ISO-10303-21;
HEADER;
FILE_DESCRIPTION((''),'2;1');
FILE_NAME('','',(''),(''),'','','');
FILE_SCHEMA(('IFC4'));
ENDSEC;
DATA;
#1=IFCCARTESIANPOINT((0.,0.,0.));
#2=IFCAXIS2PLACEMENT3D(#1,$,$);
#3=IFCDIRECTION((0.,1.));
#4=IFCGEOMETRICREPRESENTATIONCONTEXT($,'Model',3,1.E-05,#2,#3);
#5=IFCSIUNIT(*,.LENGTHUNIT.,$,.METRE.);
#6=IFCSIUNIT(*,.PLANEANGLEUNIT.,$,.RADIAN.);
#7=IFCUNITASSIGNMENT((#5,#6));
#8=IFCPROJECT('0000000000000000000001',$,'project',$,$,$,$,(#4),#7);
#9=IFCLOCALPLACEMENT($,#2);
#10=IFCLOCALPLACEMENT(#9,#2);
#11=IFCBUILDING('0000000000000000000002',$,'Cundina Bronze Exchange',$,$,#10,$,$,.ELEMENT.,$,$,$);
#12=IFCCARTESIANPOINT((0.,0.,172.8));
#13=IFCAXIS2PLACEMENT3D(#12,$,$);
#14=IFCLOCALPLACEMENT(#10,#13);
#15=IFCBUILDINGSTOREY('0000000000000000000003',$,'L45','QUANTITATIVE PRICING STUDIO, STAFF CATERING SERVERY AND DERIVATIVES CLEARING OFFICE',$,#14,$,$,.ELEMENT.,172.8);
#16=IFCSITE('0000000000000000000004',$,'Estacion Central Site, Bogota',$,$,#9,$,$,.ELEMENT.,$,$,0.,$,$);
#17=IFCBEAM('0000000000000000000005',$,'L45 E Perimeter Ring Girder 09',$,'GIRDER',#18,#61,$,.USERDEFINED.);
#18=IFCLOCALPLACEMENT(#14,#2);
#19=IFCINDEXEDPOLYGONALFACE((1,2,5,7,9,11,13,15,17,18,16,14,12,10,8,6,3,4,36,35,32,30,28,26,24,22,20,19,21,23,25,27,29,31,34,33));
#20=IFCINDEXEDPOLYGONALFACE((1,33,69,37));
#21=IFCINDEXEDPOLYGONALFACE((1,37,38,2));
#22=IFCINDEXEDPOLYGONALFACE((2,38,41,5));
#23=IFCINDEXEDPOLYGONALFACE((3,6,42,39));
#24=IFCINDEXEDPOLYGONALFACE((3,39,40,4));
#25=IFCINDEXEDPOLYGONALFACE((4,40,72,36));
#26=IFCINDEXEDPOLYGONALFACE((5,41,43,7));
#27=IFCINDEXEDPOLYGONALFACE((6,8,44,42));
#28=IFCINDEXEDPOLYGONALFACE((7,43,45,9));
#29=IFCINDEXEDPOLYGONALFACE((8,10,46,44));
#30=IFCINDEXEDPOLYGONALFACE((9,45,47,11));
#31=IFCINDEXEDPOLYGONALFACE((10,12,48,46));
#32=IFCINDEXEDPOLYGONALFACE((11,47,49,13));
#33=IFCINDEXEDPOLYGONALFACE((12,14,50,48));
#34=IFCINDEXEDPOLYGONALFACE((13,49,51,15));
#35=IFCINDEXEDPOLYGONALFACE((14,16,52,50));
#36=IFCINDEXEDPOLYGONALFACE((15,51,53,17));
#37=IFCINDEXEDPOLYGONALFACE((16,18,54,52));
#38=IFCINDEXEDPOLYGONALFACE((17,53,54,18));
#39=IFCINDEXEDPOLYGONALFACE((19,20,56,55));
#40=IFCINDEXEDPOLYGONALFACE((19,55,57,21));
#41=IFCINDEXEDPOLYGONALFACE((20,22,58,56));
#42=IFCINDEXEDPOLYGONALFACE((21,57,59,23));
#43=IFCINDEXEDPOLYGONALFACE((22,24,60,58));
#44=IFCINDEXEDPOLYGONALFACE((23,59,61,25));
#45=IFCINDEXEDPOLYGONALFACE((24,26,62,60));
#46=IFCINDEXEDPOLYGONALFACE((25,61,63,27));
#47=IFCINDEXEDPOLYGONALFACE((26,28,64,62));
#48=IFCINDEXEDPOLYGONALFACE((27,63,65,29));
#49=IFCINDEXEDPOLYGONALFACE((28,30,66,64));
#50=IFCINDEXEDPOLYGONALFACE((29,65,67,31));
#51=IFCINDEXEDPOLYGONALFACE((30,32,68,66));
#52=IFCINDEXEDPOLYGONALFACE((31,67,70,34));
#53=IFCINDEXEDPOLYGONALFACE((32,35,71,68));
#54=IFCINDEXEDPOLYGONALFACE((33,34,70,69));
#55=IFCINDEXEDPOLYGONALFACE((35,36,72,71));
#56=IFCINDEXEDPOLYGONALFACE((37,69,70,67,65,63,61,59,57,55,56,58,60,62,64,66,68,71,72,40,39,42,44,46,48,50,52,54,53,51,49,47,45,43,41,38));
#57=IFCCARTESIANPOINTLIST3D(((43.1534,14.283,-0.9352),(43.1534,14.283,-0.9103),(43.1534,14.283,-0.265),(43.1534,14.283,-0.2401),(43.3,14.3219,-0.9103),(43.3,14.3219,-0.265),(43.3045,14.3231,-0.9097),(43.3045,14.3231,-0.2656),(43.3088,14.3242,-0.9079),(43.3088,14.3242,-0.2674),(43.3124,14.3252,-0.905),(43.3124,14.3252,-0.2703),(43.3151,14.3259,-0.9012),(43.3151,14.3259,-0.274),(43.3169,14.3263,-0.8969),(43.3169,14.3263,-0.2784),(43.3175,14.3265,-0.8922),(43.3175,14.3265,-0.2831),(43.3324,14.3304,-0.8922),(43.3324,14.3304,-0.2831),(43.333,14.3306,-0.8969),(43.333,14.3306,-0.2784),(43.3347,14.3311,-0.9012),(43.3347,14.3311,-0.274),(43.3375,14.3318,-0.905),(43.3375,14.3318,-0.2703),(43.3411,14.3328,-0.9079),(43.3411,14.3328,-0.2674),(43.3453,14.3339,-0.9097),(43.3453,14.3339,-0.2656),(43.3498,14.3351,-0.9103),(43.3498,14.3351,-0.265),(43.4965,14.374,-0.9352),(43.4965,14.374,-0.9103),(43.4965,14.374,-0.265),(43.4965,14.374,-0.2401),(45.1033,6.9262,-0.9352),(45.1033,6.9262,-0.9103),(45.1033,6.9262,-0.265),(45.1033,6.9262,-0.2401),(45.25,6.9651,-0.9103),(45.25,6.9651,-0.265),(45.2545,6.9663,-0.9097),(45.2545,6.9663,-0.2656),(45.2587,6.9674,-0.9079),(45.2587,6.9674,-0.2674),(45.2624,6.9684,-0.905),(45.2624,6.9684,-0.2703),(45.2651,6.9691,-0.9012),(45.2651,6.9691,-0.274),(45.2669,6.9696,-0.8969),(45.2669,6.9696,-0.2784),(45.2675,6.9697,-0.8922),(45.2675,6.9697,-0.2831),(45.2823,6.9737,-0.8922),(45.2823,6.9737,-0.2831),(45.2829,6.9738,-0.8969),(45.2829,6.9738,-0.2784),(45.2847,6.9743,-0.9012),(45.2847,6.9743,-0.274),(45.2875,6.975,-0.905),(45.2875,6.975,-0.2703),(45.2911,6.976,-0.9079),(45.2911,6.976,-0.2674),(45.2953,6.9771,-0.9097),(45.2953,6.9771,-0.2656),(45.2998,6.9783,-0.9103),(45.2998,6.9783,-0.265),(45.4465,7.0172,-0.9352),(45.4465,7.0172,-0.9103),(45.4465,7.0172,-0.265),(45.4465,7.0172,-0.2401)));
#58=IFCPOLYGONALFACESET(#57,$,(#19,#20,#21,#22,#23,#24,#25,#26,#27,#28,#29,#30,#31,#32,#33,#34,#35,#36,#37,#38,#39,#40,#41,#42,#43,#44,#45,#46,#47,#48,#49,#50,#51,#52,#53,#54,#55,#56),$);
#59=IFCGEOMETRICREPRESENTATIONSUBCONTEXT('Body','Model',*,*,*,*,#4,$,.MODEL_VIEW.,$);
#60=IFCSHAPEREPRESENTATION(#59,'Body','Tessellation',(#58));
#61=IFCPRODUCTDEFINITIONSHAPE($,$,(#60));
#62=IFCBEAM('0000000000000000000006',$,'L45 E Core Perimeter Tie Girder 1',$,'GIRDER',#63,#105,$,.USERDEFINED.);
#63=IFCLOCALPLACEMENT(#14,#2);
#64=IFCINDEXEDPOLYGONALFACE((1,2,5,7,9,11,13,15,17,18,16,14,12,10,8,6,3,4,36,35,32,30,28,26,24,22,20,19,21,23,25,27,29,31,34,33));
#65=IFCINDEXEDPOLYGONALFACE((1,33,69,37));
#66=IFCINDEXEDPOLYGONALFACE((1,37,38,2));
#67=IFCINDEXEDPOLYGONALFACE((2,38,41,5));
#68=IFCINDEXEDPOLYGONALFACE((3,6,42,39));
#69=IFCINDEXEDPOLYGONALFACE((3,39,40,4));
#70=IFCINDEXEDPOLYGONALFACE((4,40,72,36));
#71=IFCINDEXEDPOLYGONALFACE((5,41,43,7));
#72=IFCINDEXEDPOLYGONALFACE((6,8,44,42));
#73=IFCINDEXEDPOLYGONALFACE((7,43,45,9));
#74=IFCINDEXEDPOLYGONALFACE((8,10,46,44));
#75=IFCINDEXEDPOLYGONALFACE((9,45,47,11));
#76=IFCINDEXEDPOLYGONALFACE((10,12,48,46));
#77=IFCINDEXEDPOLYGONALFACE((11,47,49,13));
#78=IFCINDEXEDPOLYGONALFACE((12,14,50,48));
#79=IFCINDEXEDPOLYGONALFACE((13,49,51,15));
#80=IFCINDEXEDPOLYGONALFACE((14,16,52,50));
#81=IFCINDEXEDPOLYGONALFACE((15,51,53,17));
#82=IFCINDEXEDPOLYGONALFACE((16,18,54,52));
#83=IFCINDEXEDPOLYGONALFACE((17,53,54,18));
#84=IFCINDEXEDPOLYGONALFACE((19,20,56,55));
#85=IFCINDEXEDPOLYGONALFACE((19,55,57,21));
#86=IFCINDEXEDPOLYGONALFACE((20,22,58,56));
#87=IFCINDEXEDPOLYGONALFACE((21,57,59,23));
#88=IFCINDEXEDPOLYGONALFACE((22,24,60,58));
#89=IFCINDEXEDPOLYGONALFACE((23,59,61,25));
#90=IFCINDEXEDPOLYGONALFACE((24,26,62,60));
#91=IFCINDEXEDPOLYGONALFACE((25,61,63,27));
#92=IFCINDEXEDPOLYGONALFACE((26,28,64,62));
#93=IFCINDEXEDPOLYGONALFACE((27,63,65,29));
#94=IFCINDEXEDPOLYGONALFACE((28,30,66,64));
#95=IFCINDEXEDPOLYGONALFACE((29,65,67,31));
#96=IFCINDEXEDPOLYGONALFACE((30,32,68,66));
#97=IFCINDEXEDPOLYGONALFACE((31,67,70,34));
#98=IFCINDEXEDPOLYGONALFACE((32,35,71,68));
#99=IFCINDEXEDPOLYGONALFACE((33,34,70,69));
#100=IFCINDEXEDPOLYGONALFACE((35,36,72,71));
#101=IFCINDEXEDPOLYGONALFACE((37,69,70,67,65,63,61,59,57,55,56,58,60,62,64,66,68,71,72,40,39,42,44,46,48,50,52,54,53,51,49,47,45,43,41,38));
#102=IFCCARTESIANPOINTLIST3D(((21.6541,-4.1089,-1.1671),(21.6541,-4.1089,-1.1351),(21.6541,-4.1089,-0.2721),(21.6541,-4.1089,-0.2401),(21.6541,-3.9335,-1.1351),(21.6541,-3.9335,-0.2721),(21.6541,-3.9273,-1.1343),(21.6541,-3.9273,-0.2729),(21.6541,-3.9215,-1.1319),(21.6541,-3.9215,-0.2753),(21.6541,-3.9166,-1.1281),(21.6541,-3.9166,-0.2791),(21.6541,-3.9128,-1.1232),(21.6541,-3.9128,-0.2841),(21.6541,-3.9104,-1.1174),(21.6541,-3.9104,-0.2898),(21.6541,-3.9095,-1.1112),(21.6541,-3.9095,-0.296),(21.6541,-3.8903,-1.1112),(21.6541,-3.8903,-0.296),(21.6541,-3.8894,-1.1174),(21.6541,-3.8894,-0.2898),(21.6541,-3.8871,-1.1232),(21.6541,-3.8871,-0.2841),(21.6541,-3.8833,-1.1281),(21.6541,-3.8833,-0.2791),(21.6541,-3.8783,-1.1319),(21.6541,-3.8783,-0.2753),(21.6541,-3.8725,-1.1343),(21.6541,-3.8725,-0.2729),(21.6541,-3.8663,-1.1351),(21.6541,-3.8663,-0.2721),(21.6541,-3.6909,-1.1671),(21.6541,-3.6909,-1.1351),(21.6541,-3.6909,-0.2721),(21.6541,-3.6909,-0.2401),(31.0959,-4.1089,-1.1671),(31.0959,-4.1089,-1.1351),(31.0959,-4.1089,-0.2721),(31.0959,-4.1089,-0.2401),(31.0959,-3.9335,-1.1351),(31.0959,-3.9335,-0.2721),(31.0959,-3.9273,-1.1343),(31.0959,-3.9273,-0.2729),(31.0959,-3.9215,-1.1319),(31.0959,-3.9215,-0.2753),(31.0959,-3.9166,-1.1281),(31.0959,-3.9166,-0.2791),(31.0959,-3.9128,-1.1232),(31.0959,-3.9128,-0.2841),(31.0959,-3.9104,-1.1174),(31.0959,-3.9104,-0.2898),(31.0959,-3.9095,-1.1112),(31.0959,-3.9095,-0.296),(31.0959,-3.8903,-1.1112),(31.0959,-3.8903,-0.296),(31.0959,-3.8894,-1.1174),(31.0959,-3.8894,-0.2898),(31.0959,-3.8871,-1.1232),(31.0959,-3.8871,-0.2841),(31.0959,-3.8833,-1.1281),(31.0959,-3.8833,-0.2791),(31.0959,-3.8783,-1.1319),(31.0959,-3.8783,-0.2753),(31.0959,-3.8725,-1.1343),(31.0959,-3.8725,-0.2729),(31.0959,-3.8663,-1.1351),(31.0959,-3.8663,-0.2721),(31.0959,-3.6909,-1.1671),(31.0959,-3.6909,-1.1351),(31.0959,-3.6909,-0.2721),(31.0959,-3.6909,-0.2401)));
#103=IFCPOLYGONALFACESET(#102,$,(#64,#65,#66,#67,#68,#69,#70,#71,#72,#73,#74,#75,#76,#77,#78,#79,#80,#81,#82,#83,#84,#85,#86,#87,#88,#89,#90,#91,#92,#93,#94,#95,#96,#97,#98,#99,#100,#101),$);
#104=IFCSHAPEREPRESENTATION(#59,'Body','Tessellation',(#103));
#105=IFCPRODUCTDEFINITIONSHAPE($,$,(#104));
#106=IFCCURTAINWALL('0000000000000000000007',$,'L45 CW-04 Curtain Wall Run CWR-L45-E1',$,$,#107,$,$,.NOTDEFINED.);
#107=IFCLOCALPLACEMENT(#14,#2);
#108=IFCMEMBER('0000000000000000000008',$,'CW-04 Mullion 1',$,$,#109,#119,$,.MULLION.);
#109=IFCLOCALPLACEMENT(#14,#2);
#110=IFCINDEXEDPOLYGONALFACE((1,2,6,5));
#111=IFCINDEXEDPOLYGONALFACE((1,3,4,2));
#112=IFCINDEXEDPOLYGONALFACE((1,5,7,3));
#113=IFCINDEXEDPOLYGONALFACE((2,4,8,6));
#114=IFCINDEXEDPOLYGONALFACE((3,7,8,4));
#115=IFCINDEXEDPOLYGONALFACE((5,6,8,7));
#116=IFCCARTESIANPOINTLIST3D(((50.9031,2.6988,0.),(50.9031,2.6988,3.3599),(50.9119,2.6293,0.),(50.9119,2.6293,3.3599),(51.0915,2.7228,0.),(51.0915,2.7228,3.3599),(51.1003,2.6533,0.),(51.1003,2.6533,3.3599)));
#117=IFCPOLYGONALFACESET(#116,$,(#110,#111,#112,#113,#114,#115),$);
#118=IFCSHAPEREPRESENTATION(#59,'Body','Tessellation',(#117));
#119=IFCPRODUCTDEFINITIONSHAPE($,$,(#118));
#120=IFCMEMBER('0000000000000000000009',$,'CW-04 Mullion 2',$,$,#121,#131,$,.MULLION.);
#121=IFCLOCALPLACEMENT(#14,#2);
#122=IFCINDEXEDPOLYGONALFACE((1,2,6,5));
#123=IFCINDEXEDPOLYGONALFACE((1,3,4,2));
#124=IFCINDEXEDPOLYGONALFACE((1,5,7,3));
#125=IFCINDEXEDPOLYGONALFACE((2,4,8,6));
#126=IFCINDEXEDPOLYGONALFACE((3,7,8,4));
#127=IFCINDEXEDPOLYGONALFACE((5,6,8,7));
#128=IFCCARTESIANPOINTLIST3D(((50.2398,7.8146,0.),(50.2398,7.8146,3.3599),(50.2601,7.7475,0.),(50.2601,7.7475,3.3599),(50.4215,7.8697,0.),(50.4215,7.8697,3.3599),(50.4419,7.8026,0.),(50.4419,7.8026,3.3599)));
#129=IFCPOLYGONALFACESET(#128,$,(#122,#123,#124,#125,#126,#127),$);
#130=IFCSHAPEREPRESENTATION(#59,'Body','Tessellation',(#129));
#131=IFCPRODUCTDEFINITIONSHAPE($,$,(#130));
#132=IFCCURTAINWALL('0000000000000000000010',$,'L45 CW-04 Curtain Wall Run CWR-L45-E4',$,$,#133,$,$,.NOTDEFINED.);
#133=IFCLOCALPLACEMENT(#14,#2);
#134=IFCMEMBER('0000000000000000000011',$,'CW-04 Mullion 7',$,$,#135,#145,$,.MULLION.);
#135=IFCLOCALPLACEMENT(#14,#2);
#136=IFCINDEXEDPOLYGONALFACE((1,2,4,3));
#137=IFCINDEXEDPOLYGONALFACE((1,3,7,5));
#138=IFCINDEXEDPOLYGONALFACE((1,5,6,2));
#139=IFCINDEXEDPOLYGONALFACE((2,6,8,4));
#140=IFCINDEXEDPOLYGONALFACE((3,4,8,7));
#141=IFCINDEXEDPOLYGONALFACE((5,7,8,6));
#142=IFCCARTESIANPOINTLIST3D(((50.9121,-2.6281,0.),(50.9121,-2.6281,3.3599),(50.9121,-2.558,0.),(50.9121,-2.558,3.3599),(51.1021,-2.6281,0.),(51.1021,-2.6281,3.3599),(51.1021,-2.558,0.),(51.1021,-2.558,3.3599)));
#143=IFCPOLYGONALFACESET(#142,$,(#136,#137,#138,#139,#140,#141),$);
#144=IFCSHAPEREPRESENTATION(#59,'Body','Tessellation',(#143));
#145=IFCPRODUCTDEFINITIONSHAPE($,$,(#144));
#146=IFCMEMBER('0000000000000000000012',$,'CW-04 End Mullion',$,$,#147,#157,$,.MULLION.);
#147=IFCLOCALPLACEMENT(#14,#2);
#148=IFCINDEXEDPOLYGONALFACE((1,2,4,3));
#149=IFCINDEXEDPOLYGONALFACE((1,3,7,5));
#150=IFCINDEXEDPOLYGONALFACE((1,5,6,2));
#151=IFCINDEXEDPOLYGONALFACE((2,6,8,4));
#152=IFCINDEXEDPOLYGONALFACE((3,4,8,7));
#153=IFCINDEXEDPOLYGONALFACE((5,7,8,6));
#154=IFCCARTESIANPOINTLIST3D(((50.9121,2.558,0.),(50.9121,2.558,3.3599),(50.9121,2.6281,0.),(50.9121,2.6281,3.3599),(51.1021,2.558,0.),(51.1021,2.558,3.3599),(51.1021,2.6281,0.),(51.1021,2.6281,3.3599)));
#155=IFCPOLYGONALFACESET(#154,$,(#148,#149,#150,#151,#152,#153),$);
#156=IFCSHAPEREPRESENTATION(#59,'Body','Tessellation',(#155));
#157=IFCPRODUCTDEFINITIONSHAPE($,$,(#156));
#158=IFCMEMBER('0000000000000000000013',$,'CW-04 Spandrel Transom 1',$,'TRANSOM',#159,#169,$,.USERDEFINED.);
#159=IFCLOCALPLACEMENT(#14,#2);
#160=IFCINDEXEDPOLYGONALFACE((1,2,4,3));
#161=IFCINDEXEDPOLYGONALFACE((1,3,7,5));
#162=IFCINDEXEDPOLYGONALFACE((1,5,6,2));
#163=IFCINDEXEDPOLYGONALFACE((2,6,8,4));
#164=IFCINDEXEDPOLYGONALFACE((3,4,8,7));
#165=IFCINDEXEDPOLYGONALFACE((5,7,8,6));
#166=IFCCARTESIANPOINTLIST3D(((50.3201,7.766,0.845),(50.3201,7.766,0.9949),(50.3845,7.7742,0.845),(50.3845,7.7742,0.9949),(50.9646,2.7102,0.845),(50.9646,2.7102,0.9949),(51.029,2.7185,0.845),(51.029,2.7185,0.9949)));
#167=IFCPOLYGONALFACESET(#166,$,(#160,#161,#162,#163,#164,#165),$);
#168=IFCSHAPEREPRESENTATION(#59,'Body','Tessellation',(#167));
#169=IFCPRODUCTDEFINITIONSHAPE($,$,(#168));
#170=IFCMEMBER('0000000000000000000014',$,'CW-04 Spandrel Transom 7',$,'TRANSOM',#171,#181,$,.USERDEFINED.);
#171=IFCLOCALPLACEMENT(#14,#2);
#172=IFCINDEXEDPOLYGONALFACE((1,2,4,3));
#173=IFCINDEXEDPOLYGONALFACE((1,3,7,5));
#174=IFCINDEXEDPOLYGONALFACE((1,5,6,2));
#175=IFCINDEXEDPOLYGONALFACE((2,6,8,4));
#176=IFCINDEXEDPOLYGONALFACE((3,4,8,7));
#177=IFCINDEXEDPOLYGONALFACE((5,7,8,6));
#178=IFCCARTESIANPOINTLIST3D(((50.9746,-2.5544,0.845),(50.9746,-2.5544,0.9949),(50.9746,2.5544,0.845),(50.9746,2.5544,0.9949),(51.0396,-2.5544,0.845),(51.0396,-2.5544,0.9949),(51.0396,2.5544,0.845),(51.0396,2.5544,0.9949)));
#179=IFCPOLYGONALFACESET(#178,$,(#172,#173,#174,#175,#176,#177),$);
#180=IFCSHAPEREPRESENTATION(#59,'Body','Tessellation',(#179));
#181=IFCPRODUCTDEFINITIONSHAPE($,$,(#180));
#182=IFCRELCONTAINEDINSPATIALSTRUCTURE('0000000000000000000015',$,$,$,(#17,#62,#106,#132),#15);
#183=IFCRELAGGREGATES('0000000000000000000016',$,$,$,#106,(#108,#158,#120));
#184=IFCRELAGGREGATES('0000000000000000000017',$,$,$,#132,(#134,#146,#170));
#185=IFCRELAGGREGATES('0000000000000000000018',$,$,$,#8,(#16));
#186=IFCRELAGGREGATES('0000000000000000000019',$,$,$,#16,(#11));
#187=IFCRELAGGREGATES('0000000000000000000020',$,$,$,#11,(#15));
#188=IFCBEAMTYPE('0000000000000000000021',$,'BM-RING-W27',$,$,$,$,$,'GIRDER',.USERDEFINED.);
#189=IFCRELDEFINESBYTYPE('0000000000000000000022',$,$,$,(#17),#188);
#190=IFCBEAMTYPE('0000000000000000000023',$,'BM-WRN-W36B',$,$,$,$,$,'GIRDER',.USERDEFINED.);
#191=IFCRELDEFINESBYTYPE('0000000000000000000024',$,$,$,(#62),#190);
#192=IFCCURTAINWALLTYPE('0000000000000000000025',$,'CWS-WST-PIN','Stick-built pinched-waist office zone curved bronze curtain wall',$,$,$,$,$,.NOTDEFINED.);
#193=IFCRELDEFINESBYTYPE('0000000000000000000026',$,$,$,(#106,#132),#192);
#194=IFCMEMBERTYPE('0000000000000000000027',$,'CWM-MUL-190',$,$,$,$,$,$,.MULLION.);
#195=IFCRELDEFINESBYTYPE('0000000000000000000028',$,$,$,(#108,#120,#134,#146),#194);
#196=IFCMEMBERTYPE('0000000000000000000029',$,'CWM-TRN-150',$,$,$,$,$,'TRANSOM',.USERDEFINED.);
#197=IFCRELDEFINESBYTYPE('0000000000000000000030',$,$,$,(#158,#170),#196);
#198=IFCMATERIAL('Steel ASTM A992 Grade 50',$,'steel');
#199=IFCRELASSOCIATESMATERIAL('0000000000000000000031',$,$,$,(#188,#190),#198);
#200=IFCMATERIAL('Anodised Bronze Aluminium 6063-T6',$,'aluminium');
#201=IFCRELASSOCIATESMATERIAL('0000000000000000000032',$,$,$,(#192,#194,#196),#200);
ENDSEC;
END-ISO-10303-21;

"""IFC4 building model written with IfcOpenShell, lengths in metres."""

from ifc_helpers import new_model, si_unit, direction, frame, origin, origin_2d, place, context, subcontext, project, spatial, rectangle, i_section, extrude, material, material_profile, profile_set, type_object, element, aggregate, save


model = new_model("IFC4")

# Units and contexts
model_context = context("Model", 3, precision=1e-05, world=origin(), true_north=direction((0.0, 1.0)))
body_context = subcontext(model_context, "Body", "Model", "MODEL_VIEW")
ifc_project = project(units=[si_unit("LENGTHUNIT", "METRE"), si_unit("PLANEANGLEUNIT", "RADIAN")], contexts=[model_context])

# Site, building, storey
site_placement = place(None, origin())
site = spatial("IfcSite", under=ifc_project, at=site_placement, Name="Estacion Central Site, Bogota", CompositionType="ELEMENT", RefElevation=0.0)
building_placement = place(site_placement, origin())
building = spatial("IfcBuilding", under=site, at=building_placement, Name="Cundina Bronze Exchange", CompositionType="ELEMENT")
storey_placement = place(building_placement, frame((0.0, 0.0, 172.8)))
storey = spatial("IfcBuildingStorey", under=building, at=storey_placement, Name="L45", Description="QUANTITATIVE PRICING STUDIO, STAFF CATERING SERVERY AND DERIVATIVES CLEARING OFFICE", CompositionType="ELEMENT", Elevation=172.8)

# Shared definitions
ifc_material_1 = material(Name="Steel ASTM A992 Grade 50", Category="steel")

# Beams
ifc_material_profile_1 = material_profile(ifc_material_1, i_section(OverallWidth=0.355, OverallDepth=0.6951, WebThickness=0.0154, FlangeThickness=0.0249, FilletRadius=0.0181, at=origin_2d()), Name="W27X146", Category="steel")
ifc_profile_set_1 = profile_set([ifc_material_profile_1], Name="Steel ASTM A992 Grade 50")
beam_type_1 = type_object("IfcBeamType", Name="BM-RING-W27", ElementType="GIRDER", PredefinedType="USERDEFINED", material=ifc_profile_set_1)
for number, where, z_axis, x_axis, name in (
    (1, (45.2749, 6.9717, -0.5876), (-0.256211, 0.966621, 0.0), (-0.966621, -0.256211, 0.0), "L45 E Perimeter Ring Girder 09"),
):
    element("IfcBeam", number, at=place(storey_placement, frame(where, z_axis=z_axis, x_axis=x_axis)), inside=storey, type_object=beam_type_1, Name=name, ObjectType="GIRDER", PredefinedType="USERDEFINED", context=body_context, shape_type="SweptSolid", body=[
        extrude(i_section(OverallWidth=0.355, OverallDepth=0.6951, WebThickness=0.0154, FlangeThickness=0.0249, FilletRadius=0.0181, at=origin_2d()), origin(), (0.0, 0.0, 1.0), 7.6108),
    ])
ifc_material_profile_2 = material_profile(ifc_material_1, i_section(OverallWidth=0.418, OverallDepth=0.927, WebThickness=0.0193, FlangeThickness=0.032, FilletRadius=0.0239, at=origin_2d()), Name="W36X231", Category="steel")
ifc_profile_set_2 = profile_set([ifc_material_profile_2], Name="Steel ASTM A992 Grade 50")
beam_type_2 = type_object("IfcBeamType", Name="BM-WRN-W36B", ElementType="GIRDER", PredefinedType="USERDEFINED", material=ifc_profile_set_2)
beam_1_placement = place(storey_placement, frame((31.0959, -3.8999, -0.7036), z_axis=(-1.0, 0.0, 0.0), x_axis=(0.0, -1.0, 0.0)))
element("IfcBeam", 2, at=beam_1_placement, inside=storey, type_object=beam_type_2, Name="L45 E Core Perimeter Tie Girder 1", ObjectType="GIRDER", PredefinedType="USERDEFINED", context=body_context, shape_type="SweptSolid", body=[
    extrude(i_section(OverallWidth=0.418, OverallDepth=0.927, WebThickness=0.0193, FlangeThickness=0.032, FilletRadius=0.0239, at=origin_2d()), origin(), (0.0, 0.0, 1.0), 9.4419),
])

# Curtain walls, members
ifc_material_2 = material(Name="Anodised Bronze Aluminium 6063-T6", Category="aluminium")
curtain_wall_type = type_object("IfcCurtainWallType", Name="CWS-WST-PIN", Description="Stick-built pinched-waist office zone curved bronze curtain wall", PredefinedType="NOTDEFINED", material=ifc_material_2)
curtain_wall_1_placement = place(storey_placement, origin())
curtain_wall_1 = element("IfcCurtainWall", 3, at=curtain_wall_1_placement, inside=storey, type_object=curtain_wall_type, Name="L45 CW-04 Curtain Wall Run CWR-L45-E1", PredefinedType="NOTDEFINED")
ifc_material_profile_3 = material_profile(ifc_material_2, rectangle(XDim=0.0701, YDim=0.1899, at=origin_2d()), Name="AL70X190", Category="aluminium")
ifc_profile_set_3 = profile_set([ifc_material_profile_3], Name="Anodised Bronze Aluminium 6063-T6")
member_type_1 = type_object("IfcMemberType", Name="CWM-MUL-190", PredefinedType="MULLION", material=ifc_profile_set_3)
member_1_placement = place(storey_placement, frame((51.0017, 2.676, 0.0), z_axis=(0.0, 0.0, 1.0), x_axis=(-0.126545, 0.991961, 0.0)))
member_1 = element("IfcMember", 4, at=member_1_placement, type_object=member_type_1, Name="CW-04 Mullion 1", PredefinedType="MULLION", context=body_context, shape_type="SweptSolid", body=[
    extrude(rectangle(XDim=0.0701, YDim=0.1899, at=origin_2d()), origin(), (0.0, 0.0, 1.0), 3.3599),
])
member_2_placement = place(storey_placement, frame((50.3408, 7.8086, 0.0), z_axis=(0.0, 0.0, 1.0), x_axis=(-0.290034, 0.957016, 0.0)))
member_2 = element("IfcMember", 5, at=member_2_placement, type_object=member_type_1, Name="CW-04 Mullion 2", PredefinedType="MULLION", context=body_context, shape_type="SweptSolid", body=[
    extrude(rectangle(XDim=0.0701, YDim=0.1899, at=origin_2d()), origin(), (0.0, 0.0, 1.0), 3.3599),
])
curtain_wall_2_placement = place(storey_placement, origin())
curtain_wall_2 = element("IfcCurtainWall", 6, at=curtain_wall_2_placement, inside=storey, type_object=curtain_wall_type, Name="L45 CW-04 Curtain Wall Run CWR-L45-E4", PredefinedType="NOTDEFINED")
member_3_placement = place(storey_placement, frame((51.0071, -2.593, 0.0), z_axis=(0.0, 0.0, 1.0), x_axis=(0.0, 1.0, 0.0)))
member_3 = element("IfcMember", 7, at=member_3_placement, type_object=member_type_1, Name="CW-04 Mullion 7", PredefinedType="MULLION", context=body_context, shape_type="SweptSolid", body=[
    extrude(rectangle(XDim=0.0701, YDim=0.1899, at=origin_2d()), origin(), (0.0, 0.0, 1.0), 3.3599),
])
member_4_placement = place(storey_placement, frame((51.0071, 2.593, 0.0), z_axis=(0.0, 0.0, 1.0), x_axis=(0.0, 1.0, 0.0)))
member_4 = element("IfcMember", 8, at=member_4_placement, type_object=member_type_1, Name="CW-04 End Mullion", PredefinedType="MULLION", context=body_context, shape_type="SweptSolid", body=[
    extrude(rectangle(XDim=0.0701, YDim=0.1899, at=origin_2d()), origin(), (0.0, 0.0, 1.0), 3.3599),
])

# Members
ifc_material_profile_4 = material_profile(ifc_material_2, rectangle(XDim=0.0649, YDim=0.1499, at=origin_2d()), Name="AL65X150", Category="aluminium")
ifc_profile_set_4 = profile_set([ifc_material_profile_4], Name="Anodised Bronze Aluminium 6063-T6")
member_type_2 = type_object("IfcMemberType", Name="CWM-TRN-150", ElementType="TRANSOM", PredefinedType="USERDEFINED", material=ifc_profile_set_4)
member_5_placement = place(storey_placement, frame((50.9968, 2.7144, 0.9199), z_axis=(-0.126463, 0.991971, 0.0), x_axis=(-0.991971, -0.126463, 0.0)))
member_5 = element("IfcMember", 9, at=member_5_placement, type_object=member_type_2, Name="CW-04 Spandrel Transom 1", ObjectType="TRANSOM", PredefinedType="USERDEFINED", context=body_context, shape_type="SweptSolid", body=[
    extrude(rectangle(XDim=0.0649, YDim=0.1499, at=origin_2d()), origin(), (0.0, 0.0, 1.0), 5.0967),
])
member_6_placement = place(storey_placement, frame((51.0071, -2.5544, 0.9199), z_axis=(0.0, 1.0, 0.0), x_axis=(-1.0, 0.0, 0.0)))
member_6 = element("IfcMember", 10, at=member_6_placement, type_object=member_type_2, Name="CW-04 Spandrel Transom 7", ObjectType="TRANSOM", PredefinedType="USERDEFINED", context=body_context, shape_type="SweptSolid", body=[
    extrude(rectangle(XDim=0.0649, YDim=0.1499, at=origin_2d()), origin(), (0.0, 0.0, 1.0), 5.1089),
])

aggregate(curtain_wall_1, [member_1, member_5, member_2])
aggregate(curtain_wall_2, [member_3, member_4, member_6])

save(model, "model.ifc")
